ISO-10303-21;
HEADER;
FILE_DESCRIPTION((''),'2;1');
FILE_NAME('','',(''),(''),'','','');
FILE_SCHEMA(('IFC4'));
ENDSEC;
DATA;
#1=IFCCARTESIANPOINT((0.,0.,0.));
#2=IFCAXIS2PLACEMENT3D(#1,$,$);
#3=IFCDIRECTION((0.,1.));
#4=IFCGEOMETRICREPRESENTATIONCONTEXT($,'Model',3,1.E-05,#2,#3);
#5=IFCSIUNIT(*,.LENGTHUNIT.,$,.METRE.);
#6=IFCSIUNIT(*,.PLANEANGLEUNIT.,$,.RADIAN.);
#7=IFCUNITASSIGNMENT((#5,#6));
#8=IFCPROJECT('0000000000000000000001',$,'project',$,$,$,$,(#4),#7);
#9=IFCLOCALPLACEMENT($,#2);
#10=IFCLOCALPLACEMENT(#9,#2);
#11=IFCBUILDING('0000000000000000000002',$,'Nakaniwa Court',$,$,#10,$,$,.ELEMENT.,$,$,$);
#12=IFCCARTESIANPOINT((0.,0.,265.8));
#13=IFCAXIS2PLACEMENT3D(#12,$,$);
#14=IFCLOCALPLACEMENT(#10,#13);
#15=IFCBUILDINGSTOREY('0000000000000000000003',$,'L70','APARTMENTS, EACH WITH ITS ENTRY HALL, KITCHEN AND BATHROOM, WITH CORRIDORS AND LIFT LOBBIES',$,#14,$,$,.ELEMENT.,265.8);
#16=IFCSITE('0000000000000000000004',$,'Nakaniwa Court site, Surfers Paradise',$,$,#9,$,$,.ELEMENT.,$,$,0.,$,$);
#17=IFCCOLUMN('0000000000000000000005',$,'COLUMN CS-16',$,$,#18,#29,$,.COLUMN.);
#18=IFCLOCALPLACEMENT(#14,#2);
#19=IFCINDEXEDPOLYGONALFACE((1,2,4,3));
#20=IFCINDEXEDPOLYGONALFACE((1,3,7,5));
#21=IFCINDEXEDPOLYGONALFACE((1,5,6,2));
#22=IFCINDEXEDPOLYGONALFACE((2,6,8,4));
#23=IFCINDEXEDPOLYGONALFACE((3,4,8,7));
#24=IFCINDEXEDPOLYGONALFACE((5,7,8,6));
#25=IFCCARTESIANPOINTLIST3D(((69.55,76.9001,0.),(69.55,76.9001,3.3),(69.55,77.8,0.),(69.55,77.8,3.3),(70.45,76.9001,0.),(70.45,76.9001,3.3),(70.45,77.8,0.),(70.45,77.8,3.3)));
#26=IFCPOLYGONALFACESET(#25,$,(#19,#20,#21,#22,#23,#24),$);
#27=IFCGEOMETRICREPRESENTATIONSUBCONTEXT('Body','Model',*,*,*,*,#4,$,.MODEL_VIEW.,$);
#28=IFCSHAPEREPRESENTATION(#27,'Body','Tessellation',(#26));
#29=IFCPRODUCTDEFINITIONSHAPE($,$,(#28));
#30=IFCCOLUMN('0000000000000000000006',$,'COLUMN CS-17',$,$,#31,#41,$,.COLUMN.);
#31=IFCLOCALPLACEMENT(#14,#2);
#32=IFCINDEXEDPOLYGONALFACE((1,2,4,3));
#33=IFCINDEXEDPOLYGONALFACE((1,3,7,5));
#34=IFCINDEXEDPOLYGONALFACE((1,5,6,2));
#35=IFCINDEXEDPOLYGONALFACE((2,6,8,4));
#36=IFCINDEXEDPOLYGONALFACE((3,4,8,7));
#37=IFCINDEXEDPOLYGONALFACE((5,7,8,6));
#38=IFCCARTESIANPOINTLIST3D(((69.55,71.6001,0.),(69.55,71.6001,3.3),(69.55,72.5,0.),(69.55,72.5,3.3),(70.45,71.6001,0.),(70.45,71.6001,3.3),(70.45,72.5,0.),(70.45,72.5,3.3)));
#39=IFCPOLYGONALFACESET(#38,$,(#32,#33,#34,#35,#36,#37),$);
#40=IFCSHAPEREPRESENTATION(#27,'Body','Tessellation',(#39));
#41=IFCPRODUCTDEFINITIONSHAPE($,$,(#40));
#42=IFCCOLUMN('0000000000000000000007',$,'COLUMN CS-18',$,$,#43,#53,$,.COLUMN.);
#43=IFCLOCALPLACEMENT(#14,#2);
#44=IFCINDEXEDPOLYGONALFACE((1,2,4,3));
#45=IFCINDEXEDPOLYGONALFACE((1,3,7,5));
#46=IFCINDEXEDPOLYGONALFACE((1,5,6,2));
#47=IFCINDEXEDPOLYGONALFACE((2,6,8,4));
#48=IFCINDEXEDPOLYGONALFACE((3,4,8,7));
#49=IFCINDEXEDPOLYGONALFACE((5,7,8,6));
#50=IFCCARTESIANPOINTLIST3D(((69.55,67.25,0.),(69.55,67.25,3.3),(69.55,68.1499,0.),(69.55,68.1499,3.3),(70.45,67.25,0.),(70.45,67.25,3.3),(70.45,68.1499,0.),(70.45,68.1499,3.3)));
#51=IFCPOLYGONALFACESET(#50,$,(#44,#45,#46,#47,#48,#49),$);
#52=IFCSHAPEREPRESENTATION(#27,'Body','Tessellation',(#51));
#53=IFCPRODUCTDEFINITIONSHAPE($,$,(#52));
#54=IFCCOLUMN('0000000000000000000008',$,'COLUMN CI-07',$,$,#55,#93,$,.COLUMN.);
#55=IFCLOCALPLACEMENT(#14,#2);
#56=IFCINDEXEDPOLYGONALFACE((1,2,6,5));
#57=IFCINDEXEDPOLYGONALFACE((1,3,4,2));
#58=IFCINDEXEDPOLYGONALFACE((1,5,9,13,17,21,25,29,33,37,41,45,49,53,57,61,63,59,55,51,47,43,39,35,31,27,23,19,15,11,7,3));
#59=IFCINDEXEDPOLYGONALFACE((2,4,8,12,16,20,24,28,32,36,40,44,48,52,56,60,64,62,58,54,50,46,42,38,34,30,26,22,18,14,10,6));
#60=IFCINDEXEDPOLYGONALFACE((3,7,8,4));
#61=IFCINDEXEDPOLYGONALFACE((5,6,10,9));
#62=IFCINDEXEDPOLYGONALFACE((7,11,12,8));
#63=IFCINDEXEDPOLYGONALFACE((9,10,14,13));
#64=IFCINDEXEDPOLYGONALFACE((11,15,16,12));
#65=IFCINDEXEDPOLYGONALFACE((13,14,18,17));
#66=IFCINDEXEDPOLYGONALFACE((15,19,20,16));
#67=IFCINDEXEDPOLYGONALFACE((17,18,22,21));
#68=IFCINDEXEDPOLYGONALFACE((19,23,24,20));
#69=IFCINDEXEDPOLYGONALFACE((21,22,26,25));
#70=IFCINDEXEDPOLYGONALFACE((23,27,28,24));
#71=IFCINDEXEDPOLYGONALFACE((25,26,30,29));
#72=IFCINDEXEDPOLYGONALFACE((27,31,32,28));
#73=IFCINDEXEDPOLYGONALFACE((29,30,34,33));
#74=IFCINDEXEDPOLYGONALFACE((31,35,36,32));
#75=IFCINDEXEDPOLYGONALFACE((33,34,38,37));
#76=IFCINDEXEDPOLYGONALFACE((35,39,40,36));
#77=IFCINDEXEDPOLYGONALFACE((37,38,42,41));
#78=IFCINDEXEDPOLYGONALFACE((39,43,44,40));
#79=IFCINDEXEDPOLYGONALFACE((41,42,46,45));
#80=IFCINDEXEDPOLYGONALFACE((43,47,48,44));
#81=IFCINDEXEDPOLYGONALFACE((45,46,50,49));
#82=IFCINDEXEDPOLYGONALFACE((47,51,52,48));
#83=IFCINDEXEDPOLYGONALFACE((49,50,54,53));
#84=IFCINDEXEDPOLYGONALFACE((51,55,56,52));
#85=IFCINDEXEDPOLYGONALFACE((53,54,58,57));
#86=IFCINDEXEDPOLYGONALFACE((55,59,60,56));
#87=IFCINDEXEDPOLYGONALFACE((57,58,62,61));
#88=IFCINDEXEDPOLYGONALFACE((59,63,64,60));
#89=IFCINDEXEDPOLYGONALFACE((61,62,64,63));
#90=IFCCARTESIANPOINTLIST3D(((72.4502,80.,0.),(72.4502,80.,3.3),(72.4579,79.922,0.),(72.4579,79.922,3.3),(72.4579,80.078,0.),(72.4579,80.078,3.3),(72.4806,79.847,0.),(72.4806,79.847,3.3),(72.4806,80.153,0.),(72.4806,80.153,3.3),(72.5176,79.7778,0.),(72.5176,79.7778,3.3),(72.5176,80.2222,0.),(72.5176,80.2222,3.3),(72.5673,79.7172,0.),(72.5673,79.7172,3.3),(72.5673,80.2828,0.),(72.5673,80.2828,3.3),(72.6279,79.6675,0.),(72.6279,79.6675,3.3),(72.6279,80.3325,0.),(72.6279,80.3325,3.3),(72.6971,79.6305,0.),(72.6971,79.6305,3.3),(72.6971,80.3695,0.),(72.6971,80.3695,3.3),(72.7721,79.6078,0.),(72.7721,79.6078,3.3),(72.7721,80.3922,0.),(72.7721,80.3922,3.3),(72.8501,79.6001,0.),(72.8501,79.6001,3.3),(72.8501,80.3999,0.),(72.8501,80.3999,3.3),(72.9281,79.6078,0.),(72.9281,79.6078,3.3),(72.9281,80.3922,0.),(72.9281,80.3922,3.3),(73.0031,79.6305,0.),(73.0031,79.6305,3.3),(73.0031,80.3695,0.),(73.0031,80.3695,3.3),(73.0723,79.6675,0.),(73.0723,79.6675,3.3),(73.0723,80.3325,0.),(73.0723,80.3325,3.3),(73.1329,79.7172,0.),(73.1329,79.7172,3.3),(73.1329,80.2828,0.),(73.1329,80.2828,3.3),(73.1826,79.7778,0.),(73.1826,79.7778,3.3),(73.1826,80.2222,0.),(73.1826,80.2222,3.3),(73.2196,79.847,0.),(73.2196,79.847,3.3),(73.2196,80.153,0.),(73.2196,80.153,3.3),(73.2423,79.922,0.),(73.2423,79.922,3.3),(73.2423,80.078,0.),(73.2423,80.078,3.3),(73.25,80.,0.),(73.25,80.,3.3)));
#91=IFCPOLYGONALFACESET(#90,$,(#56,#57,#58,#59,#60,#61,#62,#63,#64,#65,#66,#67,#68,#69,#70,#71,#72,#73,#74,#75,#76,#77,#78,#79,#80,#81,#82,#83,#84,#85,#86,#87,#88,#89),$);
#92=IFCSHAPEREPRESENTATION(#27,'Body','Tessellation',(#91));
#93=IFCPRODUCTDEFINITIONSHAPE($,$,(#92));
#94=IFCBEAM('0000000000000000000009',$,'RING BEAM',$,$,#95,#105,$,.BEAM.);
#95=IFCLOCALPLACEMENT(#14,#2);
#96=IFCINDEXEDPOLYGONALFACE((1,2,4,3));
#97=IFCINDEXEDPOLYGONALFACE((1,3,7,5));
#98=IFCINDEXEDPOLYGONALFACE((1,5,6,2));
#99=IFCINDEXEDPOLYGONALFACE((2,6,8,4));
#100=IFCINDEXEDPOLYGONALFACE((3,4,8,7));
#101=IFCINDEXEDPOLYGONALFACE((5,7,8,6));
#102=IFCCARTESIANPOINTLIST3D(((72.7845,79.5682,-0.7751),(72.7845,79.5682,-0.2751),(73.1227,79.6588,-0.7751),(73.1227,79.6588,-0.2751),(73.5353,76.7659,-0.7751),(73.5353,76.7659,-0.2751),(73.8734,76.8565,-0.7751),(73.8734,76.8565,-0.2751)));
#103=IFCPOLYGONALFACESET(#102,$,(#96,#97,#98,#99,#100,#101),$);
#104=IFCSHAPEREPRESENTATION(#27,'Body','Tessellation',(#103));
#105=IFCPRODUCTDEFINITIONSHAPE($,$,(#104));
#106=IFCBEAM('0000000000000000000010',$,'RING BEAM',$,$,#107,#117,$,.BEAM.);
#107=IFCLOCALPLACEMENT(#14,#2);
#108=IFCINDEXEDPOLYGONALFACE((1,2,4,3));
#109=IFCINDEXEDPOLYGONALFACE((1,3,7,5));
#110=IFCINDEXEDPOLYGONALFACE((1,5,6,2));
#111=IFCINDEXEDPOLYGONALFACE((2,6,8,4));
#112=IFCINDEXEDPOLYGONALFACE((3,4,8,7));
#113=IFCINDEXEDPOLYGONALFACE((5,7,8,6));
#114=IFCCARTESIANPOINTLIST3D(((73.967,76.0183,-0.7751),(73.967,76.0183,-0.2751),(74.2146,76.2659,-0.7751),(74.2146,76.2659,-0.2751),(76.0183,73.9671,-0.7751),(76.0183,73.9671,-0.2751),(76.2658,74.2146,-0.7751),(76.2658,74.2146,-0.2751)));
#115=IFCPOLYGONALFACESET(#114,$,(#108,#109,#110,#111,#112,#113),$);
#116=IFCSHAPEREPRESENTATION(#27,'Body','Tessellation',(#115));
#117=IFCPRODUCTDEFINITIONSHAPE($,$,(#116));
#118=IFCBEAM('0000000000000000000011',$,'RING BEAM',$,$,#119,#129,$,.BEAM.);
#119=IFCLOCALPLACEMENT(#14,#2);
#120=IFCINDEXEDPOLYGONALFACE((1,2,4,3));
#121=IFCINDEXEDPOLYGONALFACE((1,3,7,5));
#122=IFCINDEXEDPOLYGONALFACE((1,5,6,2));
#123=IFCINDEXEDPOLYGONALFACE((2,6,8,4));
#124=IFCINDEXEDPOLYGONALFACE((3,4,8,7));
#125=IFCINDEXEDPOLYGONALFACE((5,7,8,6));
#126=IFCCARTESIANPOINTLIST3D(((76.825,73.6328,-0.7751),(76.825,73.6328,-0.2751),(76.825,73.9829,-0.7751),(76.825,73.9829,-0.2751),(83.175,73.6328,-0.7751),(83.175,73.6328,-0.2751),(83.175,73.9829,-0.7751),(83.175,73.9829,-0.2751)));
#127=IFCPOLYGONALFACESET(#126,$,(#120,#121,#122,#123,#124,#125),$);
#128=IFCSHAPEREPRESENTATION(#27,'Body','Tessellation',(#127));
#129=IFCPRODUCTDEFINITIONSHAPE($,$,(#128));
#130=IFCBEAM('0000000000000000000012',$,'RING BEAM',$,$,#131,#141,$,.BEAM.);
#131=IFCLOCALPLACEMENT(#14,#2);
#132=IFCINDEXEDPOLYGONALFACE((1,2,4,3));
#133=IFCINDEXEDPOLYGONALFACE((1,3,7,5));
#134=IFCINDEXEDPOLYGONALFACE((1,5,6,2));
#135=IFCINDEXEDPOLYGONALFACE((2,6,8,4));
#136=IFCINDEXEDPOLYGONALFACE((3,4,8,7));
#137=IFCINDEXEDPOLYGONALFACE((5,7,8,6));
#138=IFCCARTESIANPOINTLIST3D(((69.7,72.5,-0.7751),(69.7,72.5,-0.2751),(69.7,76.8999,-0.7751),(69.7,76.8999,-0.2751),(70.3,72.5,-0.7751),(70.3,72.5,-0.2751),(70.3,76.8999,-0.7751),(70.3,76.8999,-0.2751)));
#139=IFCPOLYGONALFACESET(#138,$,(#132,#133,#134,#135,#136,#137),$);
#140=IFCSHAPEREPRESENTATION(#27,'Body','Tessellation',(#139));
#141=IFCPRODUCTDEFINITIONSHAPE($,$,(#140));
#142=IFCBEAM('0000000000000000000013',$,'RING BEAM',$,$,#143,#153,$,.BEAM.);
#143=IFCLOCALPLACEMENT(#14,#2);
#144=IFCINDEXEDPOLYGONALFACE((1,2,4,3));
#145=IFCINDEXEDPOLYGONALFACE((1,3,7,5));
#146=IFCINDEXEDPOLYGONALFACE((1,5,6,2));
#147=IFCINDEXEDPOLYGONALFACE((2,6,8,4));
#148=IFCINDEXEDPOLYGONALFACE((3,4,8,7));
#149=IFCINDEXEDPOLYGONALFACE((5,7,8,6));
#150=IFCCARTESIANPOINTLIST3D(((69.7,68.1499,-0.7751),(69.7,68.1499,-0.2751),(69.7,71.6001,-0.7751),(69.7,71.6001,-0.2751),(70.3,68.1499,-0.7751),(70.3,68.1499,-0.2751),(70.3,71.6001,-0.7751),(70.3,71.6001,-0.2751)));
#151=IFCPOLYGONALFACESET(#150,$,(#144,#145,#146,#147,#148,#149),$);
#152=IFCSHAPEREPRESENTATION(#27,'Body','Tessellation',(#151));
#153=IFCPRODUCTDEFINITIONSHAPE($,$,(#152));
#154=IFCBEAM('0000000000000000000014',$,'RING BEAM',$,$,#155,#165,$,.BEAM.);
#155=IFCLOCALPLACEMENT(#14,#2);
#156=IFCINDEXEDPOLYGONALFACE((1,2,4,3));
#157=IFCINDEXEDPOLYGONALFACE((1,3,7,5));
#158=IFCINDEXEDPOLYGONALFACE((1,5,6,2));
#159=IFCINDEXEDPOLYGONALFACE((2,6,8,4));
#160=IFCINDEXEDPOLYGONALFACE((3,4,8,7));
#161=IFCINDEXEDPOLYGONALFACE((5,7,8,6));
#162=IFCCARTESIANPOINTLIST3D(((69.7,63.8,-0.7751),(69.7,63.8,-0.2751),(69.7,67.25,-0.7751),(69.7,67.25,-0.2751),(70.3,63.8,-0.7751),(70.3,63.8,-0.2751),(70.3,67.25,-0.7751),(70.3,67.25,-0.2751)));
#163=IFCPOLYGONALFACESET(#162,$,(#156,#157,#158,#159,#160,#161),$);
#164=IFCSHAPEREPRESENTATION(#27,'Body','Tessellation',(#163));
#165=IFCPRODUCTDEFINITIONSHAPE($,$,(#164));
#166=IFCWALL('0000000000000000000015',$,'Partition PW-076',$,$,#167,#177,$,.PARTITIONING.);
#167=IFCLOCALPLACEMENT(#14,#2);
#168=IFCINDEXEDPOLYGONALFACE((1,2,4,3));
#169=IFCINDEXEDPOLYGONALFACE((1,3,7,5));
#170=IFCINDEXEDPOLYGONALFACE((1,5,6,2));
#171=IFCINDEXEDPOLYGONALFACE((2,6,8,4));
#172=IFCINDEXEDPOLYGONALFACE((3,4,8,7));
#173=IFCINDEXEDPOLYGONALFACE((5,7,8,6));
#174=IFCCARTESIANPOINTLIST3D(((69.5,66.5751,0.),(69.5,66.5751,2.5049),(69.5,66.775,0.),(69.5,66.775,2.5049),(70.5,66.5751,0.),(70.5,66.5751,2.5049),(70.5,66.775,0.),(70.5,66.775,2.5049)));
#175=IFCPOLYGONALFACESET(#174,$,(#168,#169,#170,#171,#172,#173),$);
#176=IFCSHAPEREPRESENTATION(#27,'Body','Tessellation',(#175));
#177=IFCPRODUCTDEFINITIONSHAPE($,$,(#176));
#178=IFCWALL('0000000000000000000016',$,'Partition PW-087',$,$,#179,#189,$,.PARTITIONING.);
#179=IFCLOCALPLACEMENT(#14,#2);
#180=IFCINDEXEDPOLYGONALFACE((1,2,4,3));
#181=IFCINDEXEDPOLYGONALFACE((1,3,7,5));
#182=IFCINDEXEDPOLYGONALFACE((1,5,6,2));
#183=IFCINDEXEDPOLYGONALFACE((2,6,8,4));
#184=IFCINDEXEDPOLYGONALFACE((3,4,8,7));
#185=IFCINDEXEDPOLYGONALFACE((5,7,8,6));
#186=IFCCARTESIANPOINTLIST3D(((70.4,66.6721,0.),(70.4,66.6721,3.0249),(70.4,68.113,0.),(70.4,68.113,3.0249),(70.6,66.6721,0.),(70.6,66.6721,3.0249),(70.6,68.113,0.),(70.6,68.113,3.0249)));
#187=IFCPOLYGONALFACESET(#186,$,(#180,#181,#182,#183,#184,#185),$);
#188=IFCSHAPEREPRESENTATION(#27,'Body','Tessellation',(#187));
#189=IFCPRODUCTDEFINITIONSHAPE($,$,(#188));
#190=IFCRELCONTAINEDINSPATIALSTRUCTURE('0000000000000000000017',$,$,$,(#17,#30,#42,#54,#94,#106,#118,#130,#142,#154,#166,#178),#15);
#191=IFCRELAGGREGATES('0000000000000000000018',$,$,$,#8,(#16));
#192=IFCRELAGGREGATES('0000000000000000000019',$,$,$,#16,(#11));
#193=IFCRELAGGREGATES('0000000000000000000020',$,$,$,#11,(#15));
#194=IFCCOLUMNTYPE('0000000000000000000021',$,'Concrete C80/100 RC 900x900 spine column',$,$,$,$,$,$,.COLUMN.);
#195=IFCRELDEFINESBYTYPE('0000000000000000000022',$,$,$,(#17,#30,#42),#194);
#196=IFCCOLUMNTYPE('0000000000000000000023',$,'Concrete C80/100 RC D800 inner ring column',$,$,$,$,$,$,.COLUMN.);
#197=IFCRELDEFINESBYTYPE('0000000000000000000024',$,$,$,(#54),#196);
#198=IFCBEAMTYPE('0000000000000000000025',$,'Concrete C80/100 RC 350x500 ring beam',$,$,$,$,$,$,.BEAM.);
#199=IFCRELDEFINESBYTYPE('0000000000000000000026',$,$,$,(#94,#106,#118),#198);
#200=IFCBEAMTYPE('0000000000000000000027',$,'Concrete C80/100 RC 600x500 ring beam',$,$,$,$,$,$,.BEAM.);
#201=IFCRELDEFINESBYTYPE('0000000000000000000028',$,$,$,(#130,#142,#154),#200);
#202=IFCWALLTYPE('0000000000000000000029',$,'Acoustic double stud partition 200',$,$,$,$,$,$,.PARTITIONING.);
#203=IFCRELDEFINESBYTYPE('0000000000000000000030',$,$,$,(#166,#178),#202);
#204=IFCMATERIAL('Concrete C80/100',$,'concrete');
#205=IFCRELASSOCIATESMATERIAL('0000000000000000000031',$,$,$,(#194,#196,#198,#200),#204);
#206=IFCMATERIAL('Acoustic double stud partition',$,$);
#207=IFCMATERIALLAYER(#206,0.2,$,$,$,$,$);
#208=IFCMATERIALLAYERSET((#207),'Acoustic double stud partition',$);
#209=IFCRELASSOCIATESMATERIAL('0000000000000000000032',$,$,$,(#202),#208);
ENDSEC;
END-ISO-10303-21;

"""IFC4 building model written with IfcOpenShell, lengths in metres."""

from ifc_helpers import new_model, si_unit, direction, frame, frame_2d, origin, origin_2d, place, context, subcontext, project, spatial, rectangle, circle, extrude, material, layer, layer_set, material_profile, profile_set, type_object, element, save


model = new_model("IFC4")

# Units and contexts
model_context = context("Model", 3, precision=1e-05, world=origin(), true_north=direction((0.0, 1.0)))
body_context = subcontext(model_context, "Body", "Model", "MODEL_VIEW")
ifc_project = project(units=[si_unit("LENGTHUNIT", "METRE"), si_unit("PLANEANGLEUNIT", "RADIAN")], contexts=[model_context])

# Site, building, storey
site_placement = place(None, origin())
site = spatial("IfcSite", under=ifc_project, at=site_placement, Name="Nakaniwa Court site, Surfers Paradise", CompositionType="ELEMENT", RefElevation=0.0)
building_placement = place(site_placement, origin())
building = spatial("IfcBuilding", under=site, at=building_placement, Name="Nakaniwa Court", CompositionType="ELEMENT")
storey_placement = place(building_placement, frame((0.0, 0.0, 265.8)))
storey = spatial("IfcBuildingStorey", under=building, at=storey_placement, Name="L70", Description="APARTMENTS, EACH WITH ITS ENTRY HALL, KITCHEN AND BATHROOM, WITH CORRIDORS AND LIFT LOBBIES", CompositionType="ELEMENT", Elevation=265.8)

# Columns
ifc_material_1 = material(Name="Concrete C80/100", Category="concrete")
ifc_material_profile_1 = material_profile(ifc_material_1, rectangle(XDim=0.8999, YDim=0.8999, at=origin_2d()), Name="Concrete C80/100 RC 900x900 spine column")
ifc_profile_set_1 = profile_set([ifc_material_profile_1], Name="Concrete C80/100")
column_type_1 = type_object("IfcColumnType", Name="Concrete C80/100 RC 900x900 spine column", PredefinedType="COLUMN", material=ifc_profile_set_1)
for number, where, z_axis, x_axis, name in (
    (1, (70.0, 77.3501, 0.0), (0.0, 0.0, 1.0), (0.0, -1.0, 0.0), "COLUMN CS-16"),
    (2, (70.0, 72.05, 0.0), (0.0, 0.0, 1.0), (0.0, -1.0, 0.0), "COLUMN CS-17"),
    (3, (70.0, 67.7, 0.0), (0.0, 0.0, 1.0), (0.0, -1.0, 0.0), "COLUMN CS-18"),
):
    element("IfcColumn", number, at=place(storey_placement, frame(where, z_axis=z_axis, x_axis=x_axis)), inside=storey, type_object=column_type_1, Name=name, PredefinedType="COLUMN", context=body_context, shape_type="SweptSolid", body=[
        extrude(rectangle(XDim=0.8999, YDim=0.8999, at=origin_2d()), origin(), (0.0, 0.0, 1.0), 3.3),
    ])
ifc_material_profile_2 = material_profile(ifc_material_1, circle(Radius=0.3999, at=origin_2d()), Name="Concrete C80/100 RC D800 inner ring column")
ifc_profile_set_2 = profile_set([ifc_material_profile_2], Name="Concrete C80/100")
column_type_2 = type_object("IfcColumnType", Name="Concrete C80/100 RC D800 inner ring column", PredefinedType="COLUMN", material=ifc_profile_set_2)
for number, where, z_axis, x_axis, name in (
    (4, (72.8501, 80.0, 0.0), (0.0, 0.0, 1.0), (0.0, -1.0, 0.0), "COLUMN CI-07"),
):
    element("IfcColumn", number, at=place(storey_placement, frame(where, z_axis=z_axis, x_axis=x_axis)), inside=storey, type_object=column_type_2, Name=name, PredefinedType="COLUMN", context=body_context, shape_type="SweptSolid", body=[
        extrude(circle(Radius=0.3999, at=origin_2d()), origin(), (0.0, 0.0, 1.0), 3.3),
    ])

# Beams
ifc_material_profile_3 = material_profile(ifc_material_1, rectangle(XDim=0.3501, YDim=0.5, at=origin_2d()), Name="Concrete C80/100 RC 350x500 ring beam")
ifc_profile_set_3 = profile_set([ifc_material_profile_3], Name="Concrete C80/100")
beam_type_1 = type_object("IfcBeamType", Name="Concrete C80/100 RC 350x500 ring beam", PredefinedType="BEAM", material=ifc_profile_set_3)
beam_1_placement = place(storey_placement, frame((72.9536, 79.6135, -0.5251), z_axis=(0.258778, -0.965937, 0.0), x_axis=(0.965937, 0.258778, 0.0)))
element("IfcBeam", 5, at=beam_1_placement, inside=storey, type_object=beam_type_1, Name="RING BEAM", PredefinedType="BEAM", context=body_context, shape_type="SweptSolid", body=[
    extrude(rectangle(XDim=0.3501, YDim=0.5, at=origin_2d()), origin(), (0.0, 0.0, 1.0), 2.9011),
])
beam_2_placement = place(storey_placement, frame((74.0908, 76.1421, -0.5251), z_axis=(0.707107, -0.707107, 0.0), x_axis=(0.707107, 0.707107, 0.0)))
element("IfcBeam", 6, at=beam_2_placement, inside=storey, type_object=beam_type_1, Name="RING BEAM", PredefinedType="BEAM", context=body_context, shape_type="SweptSolid", body=[
    extrude(rectangle(XDim=0.3501, YDim=0.5, at=origin_2d()), origin(), (0.0, 0.0, 1.0), 2.9009),
])
beam_3_placement = place(storey_placement, frame((76.825, 73.8079, -0.5251), z_axis=(1.0, 0.0, 0.0), x_axis=(0.0, 1.0, 0.0)))
element("IfcBeam", 7, at=beam_3_placement, inside=storey, type_object=beam_type_1, Name="RING BEAM", PredefinedType="BEAM", context=body_context, shape_type="SweptSolid", body=[
    extrude(rectangle(XDim=0.3501, YDim=0.5, at=origin_2d()), origin(), (0.0, 0.0, 1.0), 6.3501),
])
ifc_material_profile_4 = material_profile(ifc_material_1, rectangle(XDim=0.6001, YDim=0.5, at=origin_2d()), Name="Concrete C80/100 RC 600x500 ring beam")
ifc_profile_set_4 = profile_set([ifc_material_profile_4], Name="Concrete C80/100")
beam_type_2 = type_object("IfcBeamType", Name="Concrete C80/100 RC 600x500 ring beam", PredefinedType="BEAM", material=ifc_profile_set_4)
beam_4_placement = place(storey_placement, frame((70.0, 76.8999, -0.5251), z_axis=(0.0, -1.0, 0.0), x_axis=(1.0, 0.0, 0.0)))
element("IfcBeam", 8, at=beam_4_placement, inside=storey, type_object=beam_type_2, Name="RING BEAM", PredefinedType="BEAM", context=body_context, shape_type="SweptSolid", body=[
    extrude(rectangle(XDim=0.6001, YDim=0.5, at=origin_2d()), origin(), (0.0, 0.0, 1.0), 4.3999),
])
beam_5_placement = place(storey_placement, frame((70.0, 71.6001, -0.5251), z_axis=(0.0, -1.0, 0.0), x_axis=(1.0, 0.0, 0.0)))
element("IfcBeam", 9, at=beam_5_placement, inside=storey, type_object=beam_type_2, Name="RING BEAM", PredefinedType="BEAM", context=body_context, shape_type="SweptSolid", body=[
    extrude(rectangle(XDim=0.6001, YDim=0.5, at=origin_2d()), origin(), (0.0, 0.0, 1.0), 3.4502),
])
beam_6_placement = place(storey_placement, frame((70.0, 67.25, -0.5251), z_axis=(0.0, -1.0, 0.0), x_axis=(1.0, 0.0, 0.0)))
element("IfcBeam", 10, at=beam_6_placement, inside=storey, type_object=beam_type_2, Name="RING BEAM", PredefinedType="BEAM", context=body_context, shape_type="SweptSolid", body=[
    extrude(rectangle(XDim=0.6001, YDim=0.5, at=origin_2d()), origin(), (0.0, 0.0, 1.0), 3.45),
])

# Walls
ifc_material_2 = material(Name="Acoustic double stud partition")
ifc_layer_1 = layer(ifc_material_2, 0.2)
ifc_layer_set_1 = layer_set([ifc_layer_1], Name="Acoustic double stud partition")
wall_type_1 = type_object("IfcWallType", Name="Acoustic double stud partition 200", PredefinedType="PARTITIONING", material=ifc_layer_set_1)
wall_1_placement = place(storey_placement, frame((69.5, 66.675, 0.0), z_axis=(0.0, 0.0, 1.0), x_axis=(1.0, 0.0, 0.0)))
element("IfcWall", 11, at=wall_1_placement, inside=storey, type_object=wall_type_1, Name="Partition PW-076", PredefinedType="PARTITIONING", context=body_context, shape_type="SweptSolid", body=[
    extrude(rectangle(XDim=1.0, YDim=0.2, at=frame_2d((0.5, 0.0))), origin(), (0.0, 0.0, 1.0), 2.5049),
])
wall_2_placement = place(storey_placement, frame((70.5, 66.6721, 0.0), z_axis=(0.0, 0.0, 1.0), x_axis=(0.0, 1.0, 0.0)))
element("IfcWall", 12, at=wall_2_placement, inside=storey, type_object=wall_type_1, Name="Partition PW-087", PredefinedType="PARTITIONING", context=body_context, shape_type="SweptSolid", body=[
    extrude(rectangle(XDim=1.4409, YDim=0.2, at=frame_2d((0.7205, 0.0))), origin(), (0.0, 0.0, 1.0), 3.0249),
])

save(model, "model.ifc")
